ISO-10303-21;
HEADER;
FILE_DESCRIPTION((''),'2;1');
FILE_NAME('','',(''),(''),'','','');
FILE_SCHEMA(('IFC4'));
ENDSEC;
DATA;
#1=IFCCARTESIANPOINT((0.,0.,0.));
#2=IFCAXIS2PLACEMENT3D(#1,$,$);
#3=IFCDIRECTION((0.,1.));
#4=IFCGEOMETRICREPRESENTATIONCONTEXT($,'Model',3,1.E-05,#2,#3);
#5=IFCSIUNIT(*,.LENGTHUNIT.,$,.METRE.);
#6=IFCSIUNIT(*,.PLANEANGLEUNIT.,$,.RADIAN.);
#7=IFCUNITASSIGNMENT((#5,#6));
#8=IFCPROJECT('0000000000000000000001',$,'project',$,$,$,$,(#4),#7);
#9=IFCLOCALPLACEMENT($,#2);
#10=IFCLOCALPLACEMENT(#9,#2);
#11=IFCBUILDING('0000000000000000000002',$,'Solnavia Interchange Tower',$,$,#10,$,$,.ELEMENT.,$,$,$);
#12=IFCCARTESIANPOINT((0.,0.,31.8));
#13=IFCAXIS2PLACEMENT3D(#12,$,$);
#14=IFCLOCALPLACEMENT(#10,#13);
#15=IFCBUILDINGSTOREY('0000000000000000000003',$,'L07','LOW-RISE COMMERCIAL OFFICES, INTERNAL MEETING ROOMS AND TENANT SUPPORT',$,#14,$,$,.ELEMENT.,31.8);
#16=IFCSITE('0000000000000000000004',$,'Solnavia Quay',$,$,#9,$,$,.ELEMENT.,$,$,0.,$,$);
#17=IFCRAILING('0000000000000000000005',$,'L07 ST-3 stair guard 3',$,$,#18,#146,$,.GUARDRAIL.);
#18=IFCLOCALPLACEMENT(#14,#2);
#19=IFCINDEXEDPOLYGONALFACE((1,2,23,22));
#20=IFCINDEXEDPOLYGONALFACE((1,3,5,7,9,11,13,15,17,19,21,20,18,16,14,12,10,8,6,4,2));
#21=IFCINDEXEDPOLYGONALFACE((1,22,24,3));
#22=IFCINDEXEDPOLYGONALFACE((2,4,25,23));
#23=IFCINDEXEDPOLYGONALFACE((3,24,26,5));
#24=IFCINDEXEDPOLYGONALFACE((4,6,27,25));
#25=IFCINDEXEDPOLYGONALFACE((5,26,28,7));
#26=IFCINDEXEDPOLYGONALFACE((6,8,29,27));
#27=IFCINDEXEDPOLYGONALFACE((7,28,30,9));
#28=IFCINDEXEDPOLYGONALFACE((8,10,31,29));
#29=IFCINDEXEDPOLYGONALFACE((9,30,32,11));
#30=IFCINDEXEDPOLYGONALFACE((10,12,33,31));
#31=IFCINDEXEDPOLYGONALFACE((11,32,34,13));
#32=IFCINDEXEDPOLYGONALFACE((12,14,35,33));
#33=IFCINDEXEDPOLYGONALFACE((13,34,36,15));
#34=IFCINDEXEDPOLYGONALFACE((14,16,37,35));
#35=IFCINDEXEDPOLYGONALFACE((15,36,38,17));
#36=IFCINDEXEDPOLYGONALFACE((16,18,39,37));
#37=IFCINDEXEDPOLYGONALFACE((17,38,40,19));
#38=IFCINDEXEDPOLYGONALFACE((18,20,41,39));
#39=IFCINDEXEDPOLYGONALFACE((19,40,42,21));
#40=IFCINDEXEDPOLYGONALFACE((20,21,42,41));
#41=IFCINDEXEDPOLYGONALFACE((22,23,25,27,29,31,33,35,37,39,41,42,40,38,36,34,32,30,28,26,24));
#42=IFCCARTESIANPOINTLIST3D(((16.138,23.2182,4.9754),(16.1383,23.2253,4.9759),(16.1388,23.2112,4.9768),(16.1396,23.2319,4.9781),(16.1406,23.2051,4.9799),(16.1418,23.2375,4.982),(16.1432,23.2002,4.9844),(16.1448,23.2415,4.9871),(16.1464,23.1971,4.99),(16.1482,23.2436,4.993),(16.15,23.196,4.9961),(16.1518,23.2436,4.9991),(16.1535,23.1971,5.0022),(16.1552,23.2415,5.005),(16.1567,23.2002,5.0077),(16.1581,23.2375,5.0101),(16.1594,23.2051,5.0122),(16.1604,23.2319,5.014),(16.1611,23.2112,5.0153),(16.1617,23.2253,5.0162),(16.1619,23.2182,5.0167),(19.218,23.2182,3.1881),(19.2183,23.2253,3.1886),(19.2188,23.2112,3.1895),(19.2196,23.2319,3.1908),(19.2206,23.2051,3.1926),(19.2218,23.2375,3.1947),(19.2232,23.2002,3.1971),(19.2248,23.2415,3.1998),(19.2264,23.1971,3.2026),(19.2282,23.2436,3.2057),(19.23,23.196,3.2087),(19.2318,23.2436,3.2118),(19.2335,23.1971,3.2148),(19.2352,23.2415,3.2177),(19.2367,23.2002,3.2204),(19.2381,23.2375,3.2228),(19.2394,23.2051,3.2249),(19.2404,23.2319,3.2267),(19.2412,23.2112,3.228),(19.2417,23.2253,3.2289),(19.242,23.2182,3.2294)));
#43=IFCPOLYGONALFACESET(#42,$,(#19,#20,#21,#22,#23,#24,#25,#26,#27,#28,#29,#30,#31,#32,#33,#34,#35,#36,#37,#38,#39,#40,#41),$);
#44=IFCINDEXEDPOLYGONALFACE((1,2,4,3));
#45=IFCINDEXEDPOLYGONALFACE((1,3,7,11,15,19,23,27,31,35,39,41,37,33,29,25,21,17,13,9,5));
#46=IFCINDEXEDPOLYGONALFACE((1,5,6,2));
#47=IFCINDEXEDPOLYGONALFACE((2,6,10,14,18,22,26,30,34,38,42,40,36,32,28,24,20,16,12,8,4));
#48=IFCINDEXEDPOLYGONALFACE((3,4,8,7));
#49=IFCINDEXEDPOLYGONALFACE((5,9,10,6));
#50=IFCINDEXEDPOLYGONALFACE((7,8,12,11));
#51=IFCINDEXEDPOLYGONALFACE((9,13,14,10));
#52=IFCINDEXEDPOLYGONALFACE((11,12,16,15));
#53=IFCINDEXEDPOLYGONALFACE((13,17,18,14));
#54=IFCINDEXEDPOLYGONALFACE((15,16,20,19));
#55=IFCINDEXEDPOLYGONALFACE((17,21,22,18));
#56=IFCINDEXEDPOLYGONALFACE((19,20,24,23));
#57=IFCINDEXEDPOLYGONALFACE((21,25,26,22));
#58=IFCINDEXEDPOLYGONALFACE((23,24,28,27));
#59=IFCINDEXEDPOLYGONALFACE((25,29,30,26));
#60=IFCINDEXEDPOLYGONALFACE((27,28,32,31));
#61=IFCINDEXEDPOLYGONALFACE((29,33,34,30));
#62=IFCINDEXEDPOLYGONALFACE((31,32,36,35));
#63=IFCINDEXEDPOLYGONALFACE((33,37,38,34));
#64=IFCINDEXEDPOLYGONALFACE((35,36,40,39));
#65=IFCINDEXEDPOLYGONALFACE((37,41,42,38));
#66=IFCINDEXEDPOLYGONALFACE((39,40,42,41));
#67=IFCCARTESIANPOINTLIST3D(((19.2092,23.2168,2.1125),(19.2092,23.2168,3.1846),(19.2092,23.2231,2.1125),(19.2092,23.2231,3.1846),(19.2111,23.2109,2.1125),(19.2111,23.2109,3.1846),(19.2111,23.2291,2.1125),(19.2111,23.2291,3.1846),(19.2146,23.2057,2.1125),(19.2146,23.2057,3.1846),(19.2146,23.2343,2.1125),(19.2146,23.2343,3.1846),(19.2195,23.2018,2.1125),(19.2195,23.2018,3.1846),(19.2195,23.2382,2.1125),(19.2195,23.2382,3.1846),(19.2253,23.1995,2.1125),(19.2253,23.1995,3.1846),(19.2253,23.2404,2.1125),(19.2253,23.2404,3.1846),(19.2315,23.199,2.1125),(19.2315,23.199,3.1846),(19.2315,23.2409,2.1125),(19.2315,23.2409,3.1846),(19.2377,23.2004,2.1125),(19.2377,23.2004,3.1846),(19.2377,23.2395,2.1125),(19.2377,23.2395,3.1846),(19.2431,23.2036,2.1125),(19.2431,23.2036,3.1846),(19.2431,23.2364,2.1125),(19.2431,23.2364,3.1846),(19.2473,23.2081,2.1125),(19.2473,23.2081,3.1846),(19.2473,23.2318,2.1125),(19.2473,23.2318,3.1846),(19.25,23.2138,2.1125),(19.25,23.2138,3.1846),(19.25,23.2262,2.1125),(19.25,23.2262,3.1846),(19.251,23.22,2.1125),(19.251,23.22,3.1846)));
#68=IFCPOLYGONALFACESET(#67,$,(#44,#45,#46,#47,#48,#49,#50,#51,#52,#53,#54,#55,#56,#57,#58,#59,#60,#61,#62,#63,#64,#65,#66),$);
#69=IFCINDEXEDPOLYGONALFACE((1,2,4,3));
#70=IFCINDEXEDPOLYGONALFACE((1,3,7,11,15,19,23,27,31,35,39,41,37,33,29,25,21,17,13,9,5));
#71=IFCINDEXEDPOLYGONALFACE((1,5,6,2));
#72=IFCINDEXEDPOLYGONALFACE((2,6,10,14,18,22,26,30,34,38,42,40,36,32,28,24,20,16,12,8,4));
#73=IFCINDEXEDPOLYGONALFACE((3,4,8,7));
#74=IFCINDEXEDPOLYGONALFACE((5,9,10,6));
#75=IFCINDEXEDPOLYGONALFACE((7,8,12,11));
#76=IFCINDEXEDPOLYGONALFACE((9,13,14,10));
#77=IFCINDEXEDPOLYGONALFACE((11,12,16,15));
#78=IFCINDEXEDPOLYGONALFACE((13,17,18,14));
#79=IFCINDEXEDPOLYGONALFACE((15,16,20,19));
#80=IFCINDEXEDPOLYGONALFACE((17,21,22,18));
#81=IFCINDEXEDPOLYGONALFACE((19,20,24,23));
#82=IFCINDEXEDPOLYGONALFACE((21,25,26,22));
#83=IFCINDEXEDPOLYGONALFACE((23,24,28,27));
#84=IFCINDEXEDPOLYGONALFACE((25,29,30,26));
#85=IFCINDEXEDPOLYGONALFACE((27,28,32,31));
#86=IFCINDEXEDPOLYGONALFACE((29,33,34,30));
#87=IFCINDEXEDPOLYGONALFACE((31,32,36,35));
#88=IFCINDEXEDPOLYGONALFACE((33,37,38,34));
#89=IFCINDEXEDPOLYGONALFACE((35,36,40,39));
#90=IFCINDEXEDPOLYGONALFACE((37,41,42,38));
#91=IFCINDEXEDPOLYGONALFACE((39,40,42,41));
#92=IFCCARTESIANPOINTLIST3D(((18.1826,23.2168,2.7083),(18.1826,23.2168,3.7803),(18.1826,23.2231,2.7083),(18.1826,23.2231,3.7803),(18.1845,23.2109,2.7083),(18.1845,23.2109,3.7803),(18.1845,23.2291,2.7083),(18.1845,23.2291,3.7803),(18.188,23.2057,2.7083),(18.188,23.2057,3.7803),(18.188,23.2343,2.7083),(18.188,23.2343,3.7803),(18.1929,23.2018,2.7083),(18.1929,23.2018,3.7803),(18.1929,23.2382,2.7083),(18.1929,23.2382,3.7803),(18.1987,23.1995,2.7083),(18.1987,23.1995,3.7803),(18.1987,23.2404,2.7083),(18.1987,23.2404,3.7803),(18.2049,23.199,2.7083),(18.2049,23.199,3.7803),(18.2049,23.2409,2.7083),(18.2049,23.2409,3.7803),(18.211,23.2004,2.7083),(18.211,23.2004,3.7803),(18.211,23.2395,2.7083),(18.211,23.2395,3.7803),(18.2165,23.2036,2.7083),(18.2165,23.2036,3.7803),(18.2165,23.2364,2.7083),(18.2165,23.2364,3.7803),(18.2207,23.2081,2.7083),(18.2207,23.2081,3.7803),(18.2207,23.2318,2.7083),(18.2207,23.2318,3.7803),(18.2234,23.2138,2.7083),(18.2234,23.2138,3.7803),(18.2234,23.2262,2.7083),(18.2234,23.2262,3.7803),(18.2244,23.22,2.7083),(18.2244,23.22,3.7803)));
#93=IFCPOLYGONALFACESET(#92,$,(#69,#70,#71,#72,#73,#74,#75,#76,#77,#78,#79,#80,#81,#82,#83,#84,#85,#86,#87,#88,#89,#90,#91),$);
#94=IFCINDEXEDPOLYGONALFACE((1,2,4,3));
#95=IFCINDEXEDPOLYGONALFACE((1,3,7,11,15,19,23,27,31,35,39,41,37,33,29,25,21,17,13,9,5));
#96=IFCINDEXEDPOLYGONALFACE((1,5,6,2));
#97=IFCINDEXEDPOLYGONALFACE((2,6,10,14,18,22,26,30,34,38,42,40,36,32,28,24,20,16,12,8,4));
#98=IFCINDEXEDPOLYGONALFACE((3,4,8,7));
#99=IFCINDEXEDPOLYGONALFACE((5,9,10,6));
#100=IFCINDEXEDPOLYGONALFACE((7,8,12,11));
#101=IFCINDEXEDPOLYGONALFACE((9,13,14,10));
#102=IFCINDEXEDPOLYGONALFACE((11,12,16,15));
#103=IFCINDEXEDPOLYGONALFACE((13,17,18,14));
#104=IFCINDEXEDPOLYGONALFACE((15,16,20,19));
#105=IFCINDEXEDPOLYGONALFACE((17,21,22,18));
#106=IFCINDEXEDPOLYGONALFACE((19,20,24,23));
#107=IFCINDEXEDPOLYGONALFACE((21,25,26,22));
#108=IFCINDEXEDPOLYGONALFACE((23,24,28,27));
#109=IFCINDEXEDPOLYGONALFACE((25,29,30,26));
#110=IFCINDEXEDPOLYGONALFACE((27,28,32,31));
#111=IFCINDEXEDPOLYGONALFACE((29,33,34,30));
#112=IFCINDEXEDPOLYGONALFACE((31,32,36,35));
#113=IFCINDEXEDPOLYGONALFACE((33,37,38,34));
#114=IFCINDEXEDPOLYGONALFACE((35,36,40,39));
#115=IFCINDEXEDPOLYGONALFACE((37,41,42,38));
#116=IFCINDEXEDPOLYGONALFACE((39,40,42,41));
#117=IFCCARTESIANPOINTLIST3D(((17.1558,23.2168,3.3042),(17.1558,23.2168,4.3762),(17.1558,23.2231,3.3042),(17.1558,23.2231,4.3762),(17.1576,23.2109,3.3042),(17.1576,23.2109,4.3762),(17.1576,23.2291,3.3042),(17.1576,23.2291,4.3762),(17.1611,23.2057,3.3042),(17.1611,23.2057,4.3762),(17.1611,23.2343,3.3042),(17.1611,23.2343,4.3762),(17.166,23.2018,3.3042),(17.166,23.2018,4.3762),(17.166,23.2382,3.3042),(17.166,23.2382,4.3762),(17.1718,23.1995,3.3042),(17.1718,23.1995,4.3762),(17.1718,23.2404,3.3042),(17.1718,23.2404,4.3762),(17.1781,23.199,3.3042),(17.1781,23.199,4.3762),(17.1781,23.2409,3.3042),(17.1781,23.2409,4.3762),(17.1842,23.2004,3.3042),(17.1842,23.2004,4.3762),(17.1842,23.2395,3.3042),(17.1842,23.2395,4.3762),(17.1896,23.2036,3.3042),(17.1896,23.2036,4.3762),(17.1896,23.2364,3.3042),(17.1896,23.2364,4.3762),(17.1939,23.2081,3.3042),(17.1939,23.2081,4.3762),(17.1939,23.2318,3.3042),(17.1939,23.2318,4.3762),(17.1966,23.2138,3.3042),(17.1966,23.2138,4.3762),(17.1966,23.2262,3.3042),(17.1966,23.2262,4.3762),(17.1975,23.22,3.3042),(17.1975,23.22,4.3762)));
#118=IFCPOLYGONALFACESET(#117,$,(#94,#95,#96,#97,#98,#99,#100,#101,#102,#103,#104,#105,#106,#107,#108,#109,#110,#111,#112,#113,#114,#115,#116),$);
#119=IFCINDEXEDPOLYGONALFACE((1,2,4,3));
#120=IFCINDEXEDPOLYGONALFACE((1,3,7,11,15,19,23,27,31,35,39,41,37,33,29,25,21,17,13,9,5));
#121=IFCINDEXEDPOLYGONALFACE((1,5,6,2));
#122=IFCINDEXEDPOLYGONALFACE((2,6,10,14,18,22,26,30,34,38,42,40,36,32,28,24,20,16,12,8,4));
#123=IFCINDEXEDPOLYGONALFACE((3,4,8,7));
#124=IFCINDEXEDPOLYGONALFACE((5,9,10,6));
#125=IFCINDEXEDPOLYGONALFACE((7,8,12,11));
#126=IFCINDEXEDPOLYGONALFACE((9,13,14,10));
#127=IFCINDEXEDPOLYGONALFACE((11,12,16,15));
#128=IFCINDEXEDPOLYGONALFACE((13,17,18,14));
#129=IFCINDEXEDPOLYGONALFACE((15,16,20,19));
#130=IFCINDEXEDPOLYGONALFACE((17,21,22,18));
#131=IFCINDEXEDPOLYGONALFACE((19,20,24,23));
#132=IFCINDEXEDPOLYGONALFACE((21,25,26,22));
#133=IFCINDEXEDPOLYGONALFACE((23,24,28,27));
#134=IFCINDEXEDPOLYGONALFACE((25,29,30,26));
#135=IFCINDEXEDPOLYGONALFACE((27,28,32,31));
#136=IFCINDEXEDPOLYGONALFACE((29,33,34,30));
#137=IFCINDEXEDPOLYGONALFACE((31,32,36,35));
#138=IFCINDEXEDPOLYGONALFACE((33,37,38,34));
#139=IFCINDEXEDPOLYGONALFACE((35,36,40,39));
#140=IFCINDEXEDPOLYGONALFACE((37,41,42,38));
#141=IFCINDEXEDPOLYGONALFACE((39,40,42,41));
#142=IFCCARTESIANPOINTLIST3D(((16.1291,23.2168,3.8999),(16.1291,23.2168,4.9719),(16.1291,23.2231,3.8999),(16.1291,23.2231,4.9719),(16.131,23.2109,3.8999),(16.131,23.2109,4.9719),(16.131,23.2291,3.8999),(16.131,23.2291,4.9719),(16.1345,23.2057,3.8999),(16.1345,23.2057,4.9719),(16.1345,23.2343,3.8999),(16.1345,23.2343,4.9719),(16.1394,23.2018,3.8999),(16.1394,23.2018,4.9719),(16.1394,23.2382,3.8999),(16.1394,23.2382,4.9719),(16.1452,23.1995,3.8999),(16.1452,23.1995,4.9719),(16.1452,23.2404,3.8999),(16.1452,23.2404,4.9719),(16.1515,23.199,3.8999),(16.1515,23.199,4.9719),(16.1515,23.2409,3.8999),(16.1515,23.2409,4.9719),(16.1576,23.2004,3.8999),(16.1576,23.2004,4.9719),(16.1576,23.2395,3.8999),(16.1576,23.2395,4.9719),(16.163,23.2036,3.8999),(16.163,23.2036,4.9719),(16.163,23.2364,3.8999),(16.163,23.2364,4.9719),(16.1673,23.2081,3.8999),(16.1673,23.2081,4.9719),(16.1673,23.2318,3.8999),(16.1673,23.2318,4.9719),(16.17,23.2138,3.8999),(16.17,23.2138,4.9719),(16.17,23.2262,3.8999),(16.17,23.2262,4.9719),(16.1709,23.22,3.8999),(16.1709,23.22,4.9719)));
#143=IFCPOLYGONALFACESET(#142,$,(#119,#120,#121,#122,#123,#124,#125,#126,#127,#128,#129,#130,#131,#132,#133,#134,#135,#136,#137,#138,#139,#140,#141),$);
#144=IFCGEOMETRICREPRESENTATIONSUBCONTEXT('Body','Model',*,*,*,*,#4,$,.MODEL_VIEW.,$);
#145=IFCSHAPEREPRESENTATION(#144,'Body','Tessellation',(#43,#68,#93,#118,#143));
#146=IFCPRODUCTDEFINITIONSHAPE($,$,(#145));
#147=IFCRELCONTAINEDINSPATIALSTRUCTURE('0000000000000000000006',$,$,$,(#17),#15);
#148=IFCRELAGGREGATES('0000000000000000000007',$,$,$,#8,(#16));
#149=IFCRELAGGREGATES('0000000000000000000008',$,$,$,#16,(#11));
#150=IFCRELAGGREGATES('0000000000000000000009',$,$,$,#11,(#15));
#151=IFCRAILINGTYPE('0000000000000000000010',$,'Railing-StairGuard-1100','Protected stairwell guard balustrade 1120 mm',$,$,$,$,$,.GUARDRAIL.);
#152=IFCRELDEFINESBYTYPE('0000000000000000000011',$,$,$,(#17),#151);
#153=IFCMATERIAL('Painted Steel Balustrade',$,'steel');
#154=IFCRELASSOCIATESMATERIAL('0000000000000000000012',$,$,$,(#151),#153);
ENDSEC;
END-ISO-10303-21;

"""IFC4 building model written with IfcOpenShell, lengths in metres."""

from ifc_helpers import new_model, si_unit, direction, frame, origin, origin_2d, place, context, subcontext, project, spatial, circle, extrude, material, type_object, element, save


model = new_model("IFC4")

# Units and contexts
model_context = context("Model", 3, precision=1e-05, world=origin(), true_north=direction((0.0, 1.0)))
body_context = subcontext(model_context, "Body", "Model", "MODEL_VIEW")
ifc_project = project(units=[si_unit("LENGTHUNIT", "METRE"), si_unit("PLANEANGLEUNIT", "RADIAN")], contexts=[model_context])

# Site, building, storey
site_placement = place(None, origin())
site = spatial("IfcSite", under=ifc_project, at=site_placement, Name="Solnavia Quay", CompositionType="ELEMENT", RefElevation=0.0)
building_placement = place(site_placement, origin())
building = spatial("IfcBuilding", under=site, at=building_placement, Name="Solnavia Interchange Tower", CompositionType="ELEMENT")
storey_placement = place(building_placement, frame((0.0, 0.0, 31.8)))
storey = spatial("IfcBuildingStorey", under=building, at=storey_placement, Name="L07", Description="LOW-RISE COMMERCIAL OFFICES, INTERNAL MEETING ROOMS AND TENANT SUPPORT", CompositionType="ELEMENT", Elevation=31.8)

# Railing
ifc_material_1 = material(Name="Painted Steel Balustrade", Category="steel")
railing_type_1 = type_object("IfcRailingType", Name="Railing-StairGuard-1100", Description="Protected stairwell guard balustrade 1120 mm", PredefinedType="GUARDRAIL", material=ifc_material_1)
railing_1_placement = place(storey_placement, frame((19.23, 23.22, 2.1125)))
element("IfcRailing", 1, at=railing_1_placement, inside=storey, type_object=railing_type_1, Name="L07 ST-3 stair guard 3", PredefinedType="GUARDRAIL", context=body_context, shape_type="SweptSolid", body=[
    extrude(circle(Radius=0.0239, at=origin_2d()), frame((0.0, 0.0, 1.0962), z_axis=(-0.86492, 0.0, 0.501909), x_axis=(0.0, -1.0, 0.0)), (0.0, 0.0, 1.0), 3.561),
    extrude(circle(Radius=0.021, at=origin_2d()), origin(), (0.0, 0.0, 1.0), 1.072),
    extrude(circle(Radius=0.021, at=origin_2d()), frame((-1.0266, 0.0, 0.5957)), (0.0, 0.0, 1.0), 1.072),
    extrude(circle(Radius=0.021, at=origin_2d()), frame((-2.0535, 0.0, 1.1917)), (0.0, 0.0, 1.0), 1.072),
    extrude(circle(Radius=0.021, at=origin_2d()), frame((-3.0801, 0.0, 1.7874)), (0.0, 0.0, 1.0), 1.072),
])

save(model, "model.ifc")
